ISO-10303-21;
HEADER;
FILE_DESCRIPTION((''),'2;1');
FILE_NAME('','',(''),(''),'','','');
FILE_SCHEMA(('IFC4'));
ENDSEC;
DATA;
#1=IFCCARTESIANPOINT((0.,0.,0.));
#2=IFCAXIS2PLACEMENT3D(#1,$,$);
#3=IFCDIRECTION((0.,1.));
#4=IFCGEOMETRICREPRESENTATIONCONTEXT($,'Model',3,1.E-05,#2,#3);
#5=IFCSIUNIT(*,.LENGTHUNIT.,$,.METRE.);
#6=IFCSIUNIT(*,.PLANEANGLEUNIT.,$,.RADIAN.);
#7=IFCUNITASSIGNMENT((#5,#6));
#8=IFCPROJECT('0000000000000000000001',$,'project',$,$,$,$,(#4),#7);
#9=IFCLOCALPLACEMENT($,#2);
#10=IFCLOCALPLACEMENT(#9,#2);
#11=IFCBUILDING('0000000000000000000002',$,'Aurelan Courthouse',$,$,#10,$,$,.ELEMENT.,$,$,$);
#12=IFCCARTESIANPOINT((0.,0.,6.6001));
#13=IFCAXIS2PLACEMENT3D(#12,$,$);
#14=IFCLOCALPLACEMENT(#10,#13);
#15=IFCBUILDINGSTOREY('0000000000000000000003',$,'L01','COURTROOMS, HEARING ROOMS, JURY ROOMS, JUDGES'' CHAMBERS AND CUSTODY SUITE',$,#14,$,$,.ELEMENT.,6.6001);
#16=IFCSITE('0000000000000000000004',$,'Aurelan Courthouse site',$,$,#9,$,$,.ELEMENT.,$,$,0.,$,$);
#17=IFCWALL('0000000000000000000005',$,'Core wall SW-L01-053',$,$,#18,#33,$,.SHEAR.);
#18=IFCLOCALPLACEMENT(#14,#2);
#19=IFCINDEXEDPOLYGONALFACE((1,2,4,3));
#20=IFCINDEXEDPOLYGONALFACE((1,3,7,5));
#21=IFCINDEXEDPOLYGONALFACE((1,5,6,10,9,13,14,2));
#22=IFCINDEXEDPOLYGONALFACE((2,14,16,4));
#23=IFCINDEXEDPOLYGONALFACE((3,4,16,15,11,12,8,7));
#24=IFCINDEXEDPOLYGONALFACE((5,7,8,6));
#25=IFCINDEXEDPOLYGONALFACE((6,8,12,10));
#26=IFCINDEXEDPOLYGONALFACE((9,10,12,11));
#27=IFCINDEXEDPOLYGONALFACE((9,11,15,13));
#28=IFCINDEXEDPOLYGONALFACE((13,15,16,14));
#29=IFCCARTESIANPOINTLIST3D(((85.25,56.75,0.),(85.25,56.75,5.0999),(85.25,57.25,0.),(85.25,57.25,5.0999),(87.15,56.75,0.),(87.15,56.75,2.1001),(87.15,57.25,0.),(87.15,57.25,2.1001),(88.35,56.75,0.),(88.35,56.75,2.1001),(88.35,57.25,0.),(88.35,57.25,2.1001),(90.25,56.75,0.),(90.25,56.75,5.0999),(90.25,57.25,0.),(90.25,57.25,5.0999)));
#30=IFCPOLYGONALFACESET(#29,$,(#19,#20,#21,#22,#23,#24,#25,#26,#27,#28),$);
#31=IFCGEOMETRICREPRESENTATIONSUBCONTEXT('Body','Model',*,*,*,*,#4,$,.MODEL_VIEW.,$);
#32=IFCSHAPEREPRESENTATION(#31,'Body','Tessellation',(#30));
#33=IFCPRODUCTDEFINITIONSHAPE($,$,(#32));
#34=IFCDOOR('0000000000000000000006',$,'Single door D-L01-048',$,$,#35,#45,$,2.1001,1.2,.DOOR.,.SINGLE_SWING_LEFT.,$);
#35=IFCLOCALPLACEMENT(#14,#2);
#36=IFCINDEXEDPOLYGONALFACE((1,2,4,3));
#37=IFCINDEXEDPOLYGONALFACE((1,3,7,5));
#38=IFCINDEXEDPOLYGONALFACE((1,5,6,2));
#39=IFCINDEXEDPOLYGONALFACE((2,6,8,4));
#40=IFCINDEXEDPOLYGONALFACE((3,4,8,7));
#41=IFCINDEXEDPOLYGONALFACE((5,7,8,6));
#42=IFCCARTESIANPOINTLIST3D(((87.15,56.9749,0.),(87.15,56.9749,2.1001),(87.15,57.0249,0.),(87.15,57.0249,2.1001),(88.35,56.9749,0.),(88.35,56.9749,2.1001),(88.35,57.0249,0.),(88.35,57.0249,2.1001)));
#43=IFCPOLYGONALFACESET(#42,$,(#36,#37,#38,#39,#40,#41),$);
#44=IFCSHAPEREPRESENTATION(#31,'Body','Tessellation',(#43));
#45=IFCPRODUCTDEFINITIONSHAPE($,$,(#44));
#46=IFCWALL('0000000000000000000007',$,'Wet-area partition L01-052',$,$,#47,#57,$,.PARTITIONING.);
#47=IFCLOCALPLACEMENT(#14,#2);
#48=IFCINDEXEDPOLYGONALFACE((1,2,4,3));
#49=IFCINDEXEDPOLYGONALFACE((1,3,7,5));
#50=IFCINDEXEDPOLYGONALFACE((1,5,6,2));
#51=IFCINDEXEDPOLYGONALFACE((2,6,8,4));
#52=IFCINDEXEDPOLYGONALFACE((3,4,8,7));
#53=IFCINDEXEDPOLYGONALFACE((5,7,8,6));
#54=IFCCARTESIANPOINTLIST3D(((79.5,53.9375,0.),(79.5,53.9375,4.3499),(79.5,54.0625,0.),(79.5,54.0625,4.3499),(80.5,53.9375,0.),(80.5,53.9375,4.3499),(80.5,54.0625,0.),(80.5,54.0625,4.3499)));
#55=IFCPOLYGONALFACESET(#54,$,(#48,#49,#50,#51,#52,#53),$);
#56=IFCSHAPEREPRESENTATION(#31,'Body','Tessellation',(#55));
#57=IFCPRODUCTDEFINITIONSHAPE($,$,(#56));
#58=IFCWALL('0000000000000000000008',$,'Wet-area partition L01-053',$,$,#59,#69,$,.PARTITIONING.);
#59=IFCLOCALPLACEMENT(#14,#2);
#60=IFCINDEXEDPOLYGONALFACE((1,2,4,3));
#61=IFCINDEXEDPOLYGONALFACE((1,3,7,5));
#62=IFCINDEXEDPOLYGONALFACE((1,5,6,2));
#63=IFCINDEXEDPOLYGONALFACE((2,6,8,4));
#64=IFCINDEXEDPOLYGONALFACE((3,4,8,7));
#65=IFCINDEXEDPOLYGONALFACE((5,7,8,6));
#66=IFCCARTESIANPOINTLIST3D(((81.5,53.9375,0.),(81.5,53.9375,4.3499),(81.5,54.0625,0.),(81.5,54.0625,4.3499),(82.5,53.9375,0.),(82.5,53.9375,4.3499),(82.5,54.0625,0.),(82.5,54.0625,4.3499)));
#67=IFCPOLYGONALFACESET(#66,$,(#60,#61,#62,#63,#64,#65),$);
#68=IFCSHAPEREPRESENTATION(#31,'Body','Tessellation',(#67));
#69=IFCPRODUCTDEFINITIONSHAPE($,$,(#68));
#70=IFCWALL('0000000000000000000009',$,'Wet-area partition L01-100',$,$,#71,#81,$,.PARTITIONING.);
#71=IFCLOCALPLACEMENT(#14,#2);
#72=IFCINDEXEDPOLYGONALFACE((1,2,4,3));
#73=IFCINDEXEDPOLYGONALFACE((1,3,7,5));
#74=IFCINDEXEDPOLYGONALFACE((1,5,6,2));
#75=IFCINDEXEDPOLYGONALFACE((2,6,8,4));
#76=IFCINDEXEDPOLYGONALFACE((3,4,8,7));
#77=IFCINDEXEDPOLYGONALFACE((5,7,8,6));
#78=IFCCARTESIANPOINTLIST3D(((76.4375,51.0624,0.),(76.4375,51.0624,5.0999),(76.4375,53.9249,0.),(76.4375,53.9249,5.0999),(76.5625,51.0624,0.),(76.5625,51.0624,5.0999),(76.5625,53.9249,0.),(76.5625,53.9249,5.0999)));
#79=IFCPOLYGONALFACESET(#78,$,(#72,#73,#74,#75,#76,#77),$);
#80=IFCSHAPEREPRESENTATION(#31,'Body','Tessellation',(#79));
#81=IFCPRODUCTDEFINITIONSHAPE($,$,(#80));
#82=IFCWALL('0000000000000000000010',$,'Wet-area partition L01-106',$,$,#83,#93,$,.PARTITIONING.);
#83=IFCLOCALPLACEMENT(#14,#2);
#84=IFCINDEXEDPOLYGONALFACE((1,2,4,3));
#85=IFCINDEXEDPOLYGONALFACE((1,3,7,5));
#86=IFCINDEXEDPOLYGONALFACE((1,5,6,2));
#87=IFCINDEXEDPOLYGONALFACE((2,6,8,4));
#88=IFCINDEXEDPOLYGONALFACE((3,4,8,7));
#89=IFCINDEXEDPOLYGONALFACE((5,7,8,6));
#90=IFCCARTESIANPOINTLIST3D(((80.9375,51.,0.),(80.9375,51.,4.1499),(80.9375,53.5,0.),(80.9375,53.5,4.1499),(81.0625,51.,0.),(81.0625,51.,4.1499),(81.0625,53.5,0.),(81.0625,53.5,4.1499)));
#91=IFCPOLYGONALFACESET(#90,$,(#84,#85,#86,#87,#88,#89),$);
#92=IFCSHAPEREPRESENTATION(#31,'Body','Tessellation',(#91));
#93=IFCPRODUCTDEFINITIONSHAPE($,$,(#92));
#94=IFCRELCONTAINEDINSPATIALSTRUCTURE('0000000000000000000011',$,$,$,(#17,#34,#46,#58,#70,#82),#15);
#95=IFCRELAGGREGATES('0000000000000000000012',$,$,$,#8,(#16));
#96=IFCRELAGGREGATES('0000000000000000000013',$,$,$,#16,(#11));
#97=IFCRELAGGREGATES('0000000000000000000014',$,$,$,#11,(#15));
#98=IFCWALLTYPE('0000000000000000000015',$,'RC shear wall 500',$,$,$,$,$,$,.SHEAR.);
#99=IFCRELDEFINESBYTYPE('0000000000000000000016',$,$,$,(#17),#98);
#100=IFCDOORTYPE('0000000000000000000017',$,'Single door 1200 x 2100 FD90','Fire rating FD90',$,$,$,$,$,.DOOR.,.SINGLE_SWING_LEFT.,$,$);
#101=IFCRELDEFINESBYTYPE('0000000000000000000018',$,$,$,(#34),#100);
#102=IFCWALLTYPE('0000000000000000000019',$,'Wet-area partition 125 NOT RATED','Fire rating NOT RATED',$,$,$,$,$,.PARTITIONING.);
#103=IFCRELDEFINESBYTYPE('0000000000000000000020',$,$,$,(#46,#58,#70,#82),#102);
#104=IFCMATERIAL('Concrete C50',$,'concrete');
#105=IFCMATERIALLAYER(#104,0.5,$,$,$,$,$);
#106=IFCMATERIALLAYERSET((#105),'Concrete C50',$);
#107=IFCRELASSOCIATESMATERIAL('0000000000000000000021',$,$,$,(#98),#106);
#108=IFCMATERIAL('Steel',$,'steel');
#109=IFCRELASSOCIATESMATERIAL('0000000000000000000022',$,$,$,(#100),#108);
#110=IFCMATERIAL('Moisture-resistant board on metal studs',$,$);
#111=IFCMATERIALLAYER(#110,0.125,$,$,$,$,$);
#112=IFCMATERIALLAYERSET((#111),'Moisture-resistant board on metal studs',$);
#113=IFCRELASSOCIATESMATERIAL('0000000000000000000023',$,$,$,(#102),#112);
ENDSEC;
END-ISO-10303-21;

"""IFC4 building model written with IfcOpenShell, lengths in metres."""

from ifc_helpers import new_model, si_unit, direction, frame, frame_2d, origin, place, context, subcontext, project, spatial, rectangle, extrude, material, layer, layer_set, type_object, element, fill, save


model = new_model("IFC4")

# Units and contexts
model_context = context("Model", 3, precision=1e-05, world=origin(), true_north=direction((0.0, 1.0)))
body_context = subcontext(model_context, "Body", "Model", "MODEL_VIEW")
ifc_project = project(units=[si_unit("LENGTHUNIT", "METRE"), si_unit("PLANEANGLEUNIT", "RADIAN")], contexts=[model_context])

# Site, building, storey
site_placement = place(None, origin())
site = spatial("IfcSite", under=ifc_project, at=site_placement, Name="Aurelan Courthouse site", CompositionType="ELEMENT", RefElevation=0.0)
building_placement = place(site_placement, origin())
building = spatial("IfcBuilding", under=site, at=building_placement, Name="Aurelan Courthouse", CompositionType="ELEMENT")
storey_placement = place(building_placement, frame((0.0, 0.0, 6.6001)))
storey = spatial("IfcBuildingStorey", under=building, at=storey_placement, Name="L01", Description="COURTROOMS, HEARING ROOMS, JURY ROOMS, JUDGES' CHAMBERS AND CUSTODY SUITE", CompositionType="ELEMENT", Elevation=6.6001)

# Shared definitions
ifc_material_1 = material(Name="Concrete C50", Category="concrete")

# Shared definitions
ifc_material_2 = material(Name="Steel", Category="steel")

# Wall, opening, door
ifc_layer_1 = layer(ifc_material_1, 0.5)
ifc_layer_set_1 = layer_set([ifc_layer_1], Name="Concrete C50")
wall_type_1 = type_object("IfcWallType", Name="RC shear wall 500", PredefinedType="SHEAR", material=ifc_layer_set_1)
door_type_1 = type_object("IfcDoorType", Name="Single door 1200 x 2100 FD90", Description="Fire rating FD90", OperationType="SINGLE_SWING_LEFT", PredefinedType="DOOR", material=ifc_material_2)
wall_1_placement = place(storey_placement, frame((85.25, 57.0, 0.0), z_axis=(0.0, 0.0, 1.0), x_axis=(1.0, 0.0, 0.0)))
wall_1 = element("IfcWall", 1, at=wall_1_placement, inside=storey, type_object=wall_type_1, Name="Core wall SW-L01-053", PredefinedType="SHEAR", context=body_context, shape_type="SweptSolid", body=[
    extrude(rectangle(XDim=5.0, YDim=0.5, at=frame_2d((2.5, 0.0))), origin(), (0.0, 0.0, 1.0), 5.0999),
])
opening_1_placement = place(wall_1_placement, frame((1.8999, 0.0, 0.0)))
opening_1 = element("IfcOpeningElement", 2, at=opening_1_placement, cuts=wall_1, PredefinedType="OPENING", context=body_context, shape_type="SweptSolid", body=[
    extrude(rectangle(XDim=1.2, YDim=2.1001, at=frame_2d((0.6001, 1.05))), frame((0.0, 0.26, 0.0), z_axis=(0.0, -1.0, 0.0), x_axis=(1.0, 0.0, 0.0)), (0.0, 0.0, 1.0), 0.52),
])
door_1_placement = place(opening_1_placement, origin())
door_1 = element("IfcDoor", 3, at=door_1_placement, inside=storey, type_object=door_type_1, Name="Single door D-L01-048", OperationType="SINGLE_SWING_LEFT", OverallHeight=2.1001, OverallWidth=1.2, PredefinedType="DOOR", context=body_context, shape_type="SweptSolid", body=[
    extrude(rectangle(XDim=1.2, YDim=2.1001, at=frame_2d((0.6001, 1.05))), frame((0.0, 0.0249, 0.0), z_axis=(0.0, -1.0, 0.0), x_axis=(1.0, 0.0, 0.0)), (0.0, 0.0, 1.0), 0.05),
])
fill(opening_1, door_1)

# Walls
ifc_material_3 = material(Name="Moisture-resistant board on metal studs")
ifc_layer_2 = layer(ifc_material_3, 0.125)
ifc_layer_set_2 = layer_set([ifc_layer_2], Name="Moisture-resistant board on metal studs")
wall_type_2 = type_object("IfcWallType", Name="Wet-area partition 125 NOT RATED", Description="Fire rating NOT RATED", PredefinedType="PARTITIONING", material=ifc_layer_set_2)
for number, where, z_axis, x_axis, name in (
    (4, (79.5, 54.0, 0.0), (0.0, 0.0, 1.0), (1.0, 0.0, 0.0), "Wet-area partition L01-052"),
    (5, (81.5, 54.0, 0.0), (0.0, 0.0, 1.0), (1.0, 0.0, 0.0), "Wet-area partition L01-053"),
):
    element("IfcWall", number, at=place(storey_placement, frame(where, z_axis=z_axis, x_axis=x_axis)), inside=storey, type_object=wall_type_2, Name=name, PredefinedType="PARTITIONING", context=body_context, shape_type="SweptSolid", body=[
        extrude(rectangle(XDim=1.0, YDim=0.125, at=frame_2d((0.5, 0.0))), origin(), (0.0, 0.0, 1.0), 4.3499),
    ])
wall_2_placement = place(storey_placement, frame((76.5, 51.0625, 0.0), z_axis=(0.0, 0.0, 1.0), x_axis=(0.0, 1.0, 0.0)))
element("IfcWall", 6, at=wall_2_placement, inside=storey, type_object=wall_type_2, Name="Wet-area partition L01-100", PredefinedType="PARTITIONING", context=body_context, shape_type="SweptSolid", body=[
    extrude(rectangle(XDim=2.8625, YDim=0.125, at=frame_2d((1.4312, 0.0))), origin(), (0.0, 0.0, 1.0), 5.0999),
])
wall_3_placement = place(storey_placement, frame((81.0, 51.0, 0.0), z_axis=(0.0, 0.0, 1.0), x_axis=(0.0, 1.0, 0.0)))
element("IfcWall", 7, at=wall_3_placement, inside=storey, type_object=wall_type_2, Name="Wet-area partition L01-106", PredefinedType="PARTITIONING", context=body_context, shape_type="SweptSolid", body=[
    extrude(rectangle(XDim=2.5, YDim=0.125, at=frame_2d((1.25, 0.0))), origin(), (0.0, 0.0, 1.0), 4.1499),
])

save(model, "model.ifc")
